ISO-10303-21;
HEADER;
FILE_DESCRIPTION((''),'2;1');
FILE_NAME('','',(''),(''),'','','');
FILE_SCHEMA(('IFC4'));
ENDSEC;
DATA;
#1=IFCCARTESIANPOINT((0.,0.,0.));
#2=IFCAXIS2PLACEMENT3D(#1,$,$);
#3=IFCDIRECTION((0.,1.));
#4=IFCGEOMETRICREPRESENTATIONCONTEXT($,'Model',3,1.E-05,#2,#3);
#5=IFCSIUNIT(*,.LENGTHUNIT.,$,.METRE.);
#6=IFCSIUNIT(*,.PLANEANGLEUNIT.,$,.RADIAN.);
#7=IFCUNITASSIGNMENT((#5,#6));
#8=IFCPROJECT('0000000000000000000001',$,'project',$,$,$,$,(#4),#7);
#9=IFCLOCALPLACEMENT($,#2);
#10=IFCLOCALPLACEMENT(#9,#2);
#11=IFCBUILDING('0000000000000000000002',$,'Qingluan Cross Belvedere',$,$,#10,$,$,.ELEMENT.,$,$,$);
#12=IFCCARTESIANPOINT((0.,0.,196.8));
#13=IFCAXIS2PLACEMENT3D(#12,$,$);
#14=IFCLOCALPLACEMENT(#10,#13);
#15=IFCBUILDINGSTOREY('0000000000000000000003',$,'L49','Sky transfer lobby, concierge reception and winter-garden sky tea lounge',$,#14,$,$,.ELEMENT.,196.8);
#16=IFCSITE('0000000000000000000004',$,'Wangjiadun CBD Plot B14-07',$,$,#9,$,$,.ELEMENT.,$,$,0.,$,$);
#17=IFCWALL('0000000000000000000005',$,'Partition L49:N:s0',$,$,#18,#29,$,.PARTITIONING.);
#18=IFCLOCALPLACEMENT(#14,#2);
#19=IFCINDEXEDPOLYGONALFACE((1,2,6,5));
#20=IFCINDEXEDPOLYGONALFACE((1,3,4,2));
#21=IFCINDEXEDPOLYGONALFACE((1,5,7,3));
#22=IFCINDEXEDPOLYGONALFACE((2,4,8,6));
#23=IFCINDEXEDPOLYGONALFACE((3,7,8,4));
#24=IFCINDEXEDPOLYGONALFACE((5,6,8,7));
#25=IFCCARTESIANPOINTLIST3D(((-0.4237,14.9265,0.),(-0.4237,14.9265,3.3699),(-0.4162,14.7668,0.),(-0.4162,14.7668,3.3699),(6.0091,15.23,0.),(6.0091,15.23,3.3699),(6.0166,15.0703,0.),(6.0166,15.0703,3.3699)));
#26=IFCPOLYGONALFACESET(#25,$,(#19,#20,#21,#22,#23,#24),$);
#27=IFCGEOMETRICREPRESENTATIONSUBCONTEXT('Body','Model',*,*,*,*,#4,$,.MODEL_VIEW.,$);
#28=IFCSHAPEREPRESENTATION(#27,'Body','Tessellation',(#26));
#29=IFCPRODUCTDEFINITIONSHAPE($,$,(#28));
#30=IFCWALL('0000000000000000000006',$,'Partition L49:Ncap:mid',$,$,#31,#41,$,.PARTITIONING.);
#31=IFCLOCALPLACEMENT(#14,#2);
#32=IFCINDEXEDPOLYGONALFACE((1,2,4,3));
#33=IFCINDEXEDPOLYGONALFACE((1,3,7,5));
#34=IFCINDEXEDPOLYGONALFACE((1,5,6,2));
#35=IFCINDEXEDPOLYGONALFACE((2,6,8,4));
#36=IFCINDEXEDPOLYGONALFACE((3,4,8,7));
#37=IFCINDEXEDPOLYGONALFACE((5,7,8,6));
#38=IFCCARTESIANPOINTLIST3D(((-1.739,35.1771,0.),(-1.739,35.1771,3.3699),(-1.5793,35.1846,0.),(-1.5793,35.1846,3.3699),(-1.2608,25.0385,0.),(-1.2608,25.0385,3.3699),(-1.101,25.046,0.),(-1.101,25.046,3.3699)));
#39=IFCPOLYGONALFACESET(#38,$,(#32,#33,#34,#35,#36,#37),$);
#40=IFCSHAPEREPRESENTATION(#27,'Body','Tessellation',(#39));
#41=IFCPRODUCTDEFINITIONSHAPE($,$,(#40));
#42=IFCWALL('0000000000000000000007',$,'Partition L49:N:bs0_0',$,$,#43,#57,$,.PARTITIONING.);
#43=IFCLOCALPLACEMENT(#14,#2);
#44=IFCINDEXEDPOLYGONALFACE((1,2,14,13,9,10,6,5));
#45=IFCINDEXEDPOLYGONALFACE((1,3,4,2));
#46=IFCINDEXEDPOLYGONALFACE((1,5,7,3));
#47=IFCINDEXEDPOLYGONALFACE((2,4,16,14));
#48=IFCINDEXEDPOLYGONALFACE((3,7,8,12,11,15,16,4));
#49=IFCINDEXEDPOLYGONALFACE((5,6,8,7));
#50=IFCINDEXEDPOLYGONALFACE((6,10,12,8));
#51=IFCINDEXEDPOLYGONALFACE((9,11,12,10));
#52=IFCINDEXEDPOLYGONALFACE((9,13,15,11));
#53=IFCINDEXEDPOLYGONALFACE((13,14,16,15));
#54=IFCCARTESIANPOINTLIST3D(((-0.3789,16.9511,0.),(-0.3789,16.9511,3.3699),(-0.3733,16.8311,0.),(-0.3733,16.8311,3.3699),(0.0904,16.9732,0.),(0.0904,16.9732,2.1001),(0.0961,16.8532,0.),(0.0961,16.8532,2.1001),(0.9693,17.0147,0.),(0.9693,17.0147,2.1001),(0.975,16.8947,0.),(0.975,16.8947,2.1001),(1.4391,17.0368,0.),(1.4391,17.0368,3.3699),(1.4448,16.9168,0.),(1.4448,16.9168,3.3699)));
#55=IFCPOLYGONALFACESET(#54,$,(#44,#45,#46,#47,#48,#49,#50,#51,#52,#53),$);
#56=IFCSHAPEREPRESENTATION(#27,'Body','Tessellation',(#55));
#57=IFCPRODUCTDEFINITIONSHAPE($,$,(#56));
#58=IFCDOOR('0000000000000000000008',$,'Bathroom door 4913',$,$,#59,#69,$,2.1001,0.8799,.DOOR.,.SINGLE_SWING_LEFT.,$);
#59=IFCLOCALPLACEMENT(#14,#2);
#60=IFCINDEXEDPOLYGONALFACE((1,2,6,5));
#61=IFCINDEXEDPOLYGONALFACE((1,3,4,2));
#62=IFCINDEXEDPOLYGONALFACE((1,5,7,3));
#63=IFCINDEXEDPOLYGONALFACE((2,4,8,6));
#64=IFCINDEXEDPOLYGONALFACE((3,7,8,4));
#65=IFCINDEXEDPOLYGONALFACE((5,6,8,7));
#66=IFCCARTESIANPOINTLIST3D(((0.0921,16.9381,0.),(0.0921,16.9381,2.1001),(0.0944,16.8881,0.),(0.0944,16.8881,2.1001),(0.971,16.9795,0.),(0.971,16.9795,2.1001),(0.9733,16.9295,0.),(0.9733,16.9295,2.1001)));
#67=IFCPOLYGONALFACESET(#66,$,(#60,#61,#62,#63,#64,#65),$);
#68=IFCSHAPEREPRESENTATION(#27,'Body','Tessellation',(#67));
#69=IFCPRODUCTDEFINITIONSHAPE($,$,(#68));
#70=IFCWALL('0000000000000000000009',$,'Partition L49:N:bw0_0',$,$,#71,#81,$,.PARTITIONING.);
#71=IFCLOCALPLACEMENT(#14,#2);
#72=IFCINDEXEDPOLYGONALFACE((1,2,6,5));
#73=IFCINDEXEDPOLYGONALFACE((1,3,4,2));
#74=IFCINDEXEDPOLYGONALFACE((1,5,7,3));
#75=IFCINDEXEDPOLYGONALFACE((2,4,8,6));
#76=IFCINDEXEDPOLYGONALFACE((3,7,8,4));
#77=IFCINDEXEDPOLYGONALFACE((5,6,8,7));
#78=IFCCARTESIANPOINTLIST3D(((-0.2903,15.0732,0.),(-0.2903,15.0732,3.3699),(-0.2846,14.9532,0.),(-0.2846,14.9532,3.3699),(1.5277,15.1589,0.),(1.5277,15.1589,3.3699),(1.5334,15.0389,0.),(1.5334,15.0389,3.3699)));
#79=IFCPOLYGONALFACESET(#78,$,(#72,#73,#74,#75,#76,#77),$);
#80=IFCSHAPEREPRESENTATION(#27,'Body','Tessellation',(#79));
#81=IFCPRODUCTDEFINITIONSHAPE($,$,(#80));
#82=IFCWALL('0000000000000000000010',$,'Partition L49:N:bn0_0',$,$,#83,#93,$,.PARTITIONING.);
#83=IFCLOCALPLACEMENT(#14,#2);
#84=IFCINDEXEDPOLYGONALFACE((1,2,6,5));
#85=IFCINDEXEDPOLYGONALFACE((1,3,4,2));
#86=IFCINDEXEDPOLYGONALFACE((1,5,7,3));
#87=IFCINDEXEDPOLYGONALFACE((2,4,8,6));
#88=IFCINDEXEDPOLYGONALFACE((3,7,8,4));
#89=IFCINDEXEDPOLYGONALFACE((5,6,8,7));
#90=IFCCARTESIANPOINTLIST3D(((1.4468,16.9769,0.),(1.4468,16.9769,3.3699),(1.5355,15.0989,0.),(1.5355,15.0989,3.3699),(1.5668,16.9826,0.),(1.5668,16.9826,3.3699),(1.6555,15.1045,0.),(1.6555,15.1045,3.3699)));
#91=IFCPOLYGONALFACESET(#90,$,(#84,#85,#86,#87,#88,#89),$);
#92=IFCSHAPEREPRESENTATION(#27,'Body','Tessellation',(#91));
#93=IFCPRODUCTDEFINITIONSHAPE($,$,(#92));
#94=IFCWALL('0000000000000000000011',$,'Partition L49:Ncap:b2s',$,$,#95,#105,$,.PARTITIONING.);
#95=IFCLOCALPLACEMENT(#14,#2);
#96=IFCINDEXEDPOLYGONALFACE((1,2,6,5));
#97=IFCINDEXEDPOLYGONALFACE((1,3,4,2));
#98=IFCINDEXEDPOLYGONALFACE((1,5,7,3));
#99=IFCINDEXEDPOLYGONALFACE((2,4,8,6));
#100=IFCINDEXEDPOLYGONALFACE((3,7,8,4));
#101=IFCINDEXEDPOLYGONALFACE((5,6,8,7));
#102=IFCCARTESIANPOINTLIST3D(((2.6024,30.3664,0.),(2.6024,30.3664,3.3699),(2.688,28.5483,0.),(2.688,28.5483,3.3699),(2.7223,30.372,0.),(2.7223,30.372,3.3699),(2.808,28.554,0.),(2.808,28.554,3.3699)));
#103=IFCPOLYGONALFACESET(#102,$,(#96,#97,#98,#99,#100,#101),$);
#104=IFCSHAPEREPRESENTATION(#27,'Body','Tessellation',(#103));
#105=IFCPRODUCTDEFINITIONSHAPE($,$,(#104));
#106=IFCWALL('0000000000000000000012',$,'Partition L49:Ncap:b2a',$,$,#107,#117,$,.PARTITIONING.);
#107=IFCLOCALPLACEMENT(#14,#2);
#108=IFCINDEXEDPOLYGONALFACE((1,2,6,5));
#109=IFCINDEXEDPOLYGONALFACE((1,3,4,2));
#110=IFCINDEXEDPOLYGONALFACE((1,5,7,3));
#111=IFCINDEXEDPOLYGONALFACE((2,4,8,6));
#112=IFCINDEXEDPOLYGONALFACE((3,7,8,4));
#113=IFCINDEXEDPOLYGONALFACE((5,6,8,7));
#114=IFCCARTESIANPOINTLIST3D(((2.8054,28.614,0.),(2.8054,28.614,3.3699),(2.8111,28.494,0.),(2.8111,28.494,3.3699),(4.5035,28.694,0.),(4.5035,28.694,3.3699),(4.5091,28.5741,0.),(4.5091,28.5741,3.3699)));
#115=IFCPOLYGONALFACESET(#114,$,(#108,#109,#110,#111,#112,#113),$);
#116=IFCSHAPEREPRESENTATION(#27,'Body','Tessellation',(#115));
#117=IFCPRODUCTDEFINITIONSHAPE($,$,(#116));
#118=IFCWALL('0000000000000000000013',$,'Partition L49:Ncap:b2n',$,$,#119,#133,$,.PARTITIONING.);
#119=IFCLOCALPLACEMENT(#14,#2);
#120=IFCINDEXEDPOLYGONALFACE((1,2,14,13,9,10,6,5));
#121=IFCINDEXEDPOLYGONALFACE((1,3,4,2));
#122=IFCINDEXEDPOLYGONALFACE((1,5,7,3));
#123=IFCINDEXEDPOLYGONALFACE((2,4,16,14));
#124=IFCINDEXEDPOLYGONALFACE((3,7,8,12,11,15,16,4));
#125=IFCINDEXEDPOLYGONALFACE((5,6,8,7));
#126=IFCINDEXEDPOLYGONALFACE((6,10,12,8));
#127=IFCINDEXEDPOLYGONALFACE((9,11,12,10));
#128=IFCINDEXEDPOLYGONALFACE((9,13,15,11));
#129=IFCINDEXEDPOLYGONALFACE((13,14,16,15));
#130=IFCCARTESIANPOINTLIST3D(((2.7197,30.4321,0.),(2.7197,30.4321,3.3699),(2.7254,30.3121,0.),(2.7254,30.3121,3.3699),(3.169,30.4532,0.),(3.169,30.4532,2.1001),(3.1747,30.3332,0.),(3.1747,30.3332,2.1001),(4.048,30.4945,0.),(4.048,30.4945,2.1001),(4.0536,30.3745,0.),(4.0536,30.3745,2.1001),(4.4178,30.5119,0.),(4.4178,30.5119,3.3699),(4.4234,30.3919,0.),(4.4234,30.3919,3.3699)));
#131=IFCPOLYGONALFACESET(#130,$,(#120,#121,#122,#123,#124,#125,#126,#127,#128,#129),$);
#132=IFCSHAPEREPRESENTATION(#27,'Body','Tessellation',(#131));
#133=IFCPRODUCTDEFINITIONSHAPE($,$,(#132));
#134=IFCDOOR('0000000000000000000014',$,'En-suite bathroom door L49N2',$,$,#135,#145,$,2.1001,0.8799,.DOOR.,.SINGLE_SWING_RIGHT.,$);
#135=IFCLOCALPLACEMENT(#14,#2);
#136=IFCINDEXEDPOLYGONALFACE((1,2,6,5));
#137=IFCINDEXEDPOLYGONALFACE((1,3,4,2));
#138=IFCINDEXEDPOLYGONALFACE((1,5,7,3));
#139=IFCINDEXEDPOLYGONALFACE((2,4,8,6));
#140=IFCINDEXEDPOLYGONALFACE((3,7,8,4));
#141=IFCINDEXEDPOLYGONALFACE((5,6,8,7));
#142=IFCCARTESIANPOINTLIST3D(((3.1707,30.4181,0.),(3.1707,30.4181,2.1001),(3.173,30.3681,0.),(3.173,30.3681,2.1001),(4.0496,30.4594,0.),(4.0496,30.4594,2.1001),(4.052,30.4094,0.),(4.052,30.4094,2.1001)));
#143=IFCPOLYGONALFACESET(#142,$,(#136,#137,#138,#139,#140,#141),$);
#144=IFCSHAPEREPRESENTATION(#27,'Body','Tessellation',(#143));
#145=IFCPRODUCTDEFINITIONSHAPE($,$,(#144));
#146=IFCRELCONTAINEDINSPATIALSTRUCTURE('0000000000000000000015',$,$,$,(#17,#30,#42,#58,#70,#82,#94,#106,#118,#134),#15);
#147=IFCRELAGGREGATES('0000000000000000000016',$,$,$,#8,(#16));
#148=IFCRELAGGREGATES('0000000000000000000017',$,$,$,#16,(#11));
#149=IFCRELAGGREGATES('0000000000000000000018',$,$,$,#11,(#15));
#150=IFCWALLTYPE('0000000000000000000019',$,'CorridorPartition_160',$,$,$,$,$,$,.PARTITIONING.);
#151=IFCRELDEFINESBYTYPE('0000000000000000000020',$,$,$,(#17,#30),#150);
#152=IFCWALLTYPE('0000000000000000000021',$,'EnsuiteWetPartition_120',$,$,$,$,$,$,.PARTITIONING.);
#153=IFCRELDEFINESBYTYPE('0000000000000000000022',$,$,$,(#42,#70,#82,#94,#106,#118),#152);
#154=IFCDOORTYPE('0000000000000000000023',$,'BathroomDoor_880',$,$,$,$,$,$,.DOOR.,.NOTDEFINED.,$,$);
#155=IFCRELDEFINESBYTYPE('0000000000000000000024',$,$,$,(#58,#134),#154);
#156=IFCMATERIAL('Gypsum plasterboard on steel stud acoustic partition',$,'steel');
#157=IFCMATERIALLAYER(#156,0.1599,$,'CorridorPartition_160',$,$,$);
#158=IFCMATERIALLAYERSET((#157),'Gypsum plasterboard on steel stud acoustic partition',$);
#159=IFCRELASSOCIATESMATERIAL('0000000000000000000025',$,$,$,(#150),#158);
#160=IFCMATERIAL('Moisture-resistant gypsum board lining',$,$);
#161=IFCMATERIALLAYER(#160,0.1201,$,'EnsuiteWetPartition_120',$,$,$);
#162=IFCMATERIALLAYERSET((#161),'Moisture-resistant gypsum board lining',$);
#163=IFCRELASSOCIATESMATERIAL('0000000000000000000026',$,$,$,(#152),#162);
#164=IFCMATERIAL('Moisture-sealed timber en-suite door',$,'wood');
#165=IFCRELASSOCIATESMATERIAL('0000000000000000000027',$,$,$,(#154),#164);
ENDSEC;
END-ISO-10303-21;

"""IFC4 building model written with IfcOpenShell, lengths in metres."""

from ifc_helpers import new_model, si_unit, direction, frame, frame_2d, origin, place, context, subcontext, project, spatial, rectangle, extrude, material, layer, layer_set, type_object, element, fill, save


model = new_model("IFC4")

# Units and contexts
model_context = context("Model", 3, precision=1e-05, world=origin(), true_north=direction((0.0, 1.0)))
body_context = subcontext(model_context, "Body", "Model", "MODEL_VIEW")
ifc_project = project(units=[si_unit("LENGTHUNIT", "METRE"), si_unit("PLANEANGLEUNIT", "RADIAN")], contexts=[model_context])

# Site, building, storey
site_placement = place(None, origin())
site = spatial("IfcSite", under=ifc_project, at=site_placement, Name="Wangjiadun CBD Plot B14-07", CompositionType="ELEMENT", RefElevation=0.0)
building_placement = place(site_placement, origin())
building = spatial("IfcBuilding", under=site, at=building_placement, Name="Qingluan Cross Belvedere", CompositionType="ELEMENT")
storey_placement = place(building_placement, frame((0.0, 0.0, 196.8)))
storey = spatial("IfcBuildingStorey", under=building, at=storey_placement, Name="L49", Description="Sky transfer lobby, concierge reception and winter-garden sky tea lounge", CompositionType="ELEMENT", Elevation=196.8)

# Shared definitions
ifc_material_1 = material(Name="Gypsum plasterboard on steel stud acoustic partition", Category="steel")
ifc_layer_1 = layer(ifc_material_1, 0.1599, Name="CorridorPartition_160")
ifc_layer_set_1 = layer_set([ifc_layer_1], Name="Gypsum plasterboard on steel stud acoustic partition")
wall_type_1 = type_object("IfcWallType", Name="CorridorPartition_160", PredefinedType="PARTITIONING", material=ifc_layer_set_1)

# Walls
wall_1_placement = place(storey_placement, frame((-0.4199, 14.8467, 0.0), z_axis=(0.0, 0.0, 1.0), x_axis=(0.998889, 0.047122, 0.0)))
element("IfcWall", 1, at=wall_1_placement, inside=storey, type_object=wall_type_1, Name="Partition L49:N:s0", PredefinedType="PARTITIONING", context=body_context, shape_type="SweptSolid", body=[
    extrude(rectangle(XDim=6.4399, YDim=0.1599, at=frame_2d((3.22, 0.0))), origin(), (0.0, 0.0, 1.0), 3.3699),
])
wall_2_placement = place(storey_placement, frame((-1.1809, 25.0422, 0.0), z_axis=(0.0, 0.0, 1.0), x_axis=(-0.047121, 0.998889, 0.0)))
element("IfcWall", 2, at=wall_2_placement, inside=storey, type_object=wall_type_1, Name="Partition L49:Ncap:mid", PredefinedType="PARTITIONING", context=body_context, shape_type="SweptSolid", body=[
    extrude(rectangle(XDim=10.1499, YDim=0.1599, at=frame_2d((5.075, 0.0))), origin(), (0.0, 0.0, 1.0), 3.3699),
])

# Wall, opening, door
ifc_material_2 = material(Name="Moisture-resistant gypsum board lining")
ifc_layer_2 = layer(ifc_material_2, 0.1201, Name="EnsuiteWetPartition_120")
ifc_layer_set_2 = layer_set([ifc_layer_2], Name="Moisture-resistant gypsum board lining")
wall_type_2 = type_object("IfcWallType", Name="EnsuiteWetPartition_120", PredefinedType="PARTITIONING", material=ifc_layer_set_2)
wall_3_placement = place(storey_placement, frame((-0.3762, 16.8911, 0.0), z_axis=(0.0, 0.0, 1.0), x_axis=(0.998891, 0.047081, 0.0)))
wall_3 = element("IfcWall", 3, at=wall_3_placement, inside=storey, type_object=wall_type_2, Name="Partition L49:N:bs0_0", PredefinedType="PARTITIONING", context=body_context, shape_type="SweptSolid", body=[
    extrude(rectangle(XDim=1.8201, YDim=0.1201, at=frame_2d((0.9102, 0.0))), origin(), (0.0, 0.0, 1.0), 3.3699),
])
opening_1_placement = place(wall_3_placement, frame((0.47, 0.0, 0.0)))
opening_1 = element("IfcOpeningElement", 4, at=opening_1_placement, cuts=wall_3, PredefinedType="OPENING", context=body_context, shape_type="SweptSolid", body=[
    extrude(rectangle(XDim=0.8799, YDim=2.1001, at=frame_2d((0.4399, 1.05))), frame((0.0, 0.0701, 0.0), z_axis=(0.0, -1.0, 0.0), x_axis=(1.0, 0.0, 0.0)), (0.0, 0.0, 1.0), 0.1401),
])
ifc_material_3 = material(Name="Moisture-sealed timber en-suite door", Category="wood")
door_type_1 = type_object("IfcDoorType", Name="BathroomDoor_880", OperationType="NOTDEFINED", PredefinedType="DOOR", material=ifc_material_3)
door_1_placement = place(opening_1_placement, origin())
door_1 = element("IfcDoor", 5, at=door_1_placement, inside=storey, type_object=door_type_1, Name="Bathroom door 4913", OperationType="SINGLE_SWING_LEFT", OverallHeight=2.1001, OverallWidth=0.8799, PredefinedType="DOOR", context=body_context, shape_type="SweptSolid", body=[
    extrude(rectangle(XDim=0.8799, YDim=2.1001, at=frame_2d((0.4399, 1.05))), frame((0.0, 0.0249, 0.0), z_axis=(0.0, -1.0, 0.0), x_axis=(1.0, 0.0, 0.0)), (0.0, 0.0, 1.0), 0.05),
])
fill(opening_1, door_1)

# Walls
wall_4_placement = place(storey_placement, frame((-0.2876, 15.0132, 0.0), z_axis=(0.0, 0.0, 1.0), x_axis=(0.998891, 0.047081, 0.0)))
element("IfcWall", 6, at=wall_4_placement, inside=storey, type_object=wall_type_2, Name="Partition L49:N:bw0_0", PredefinedType="PARTITIONING", context=body_context, shape_type="SweptSolid", body=[
    extrude(rectangle(XDim=1.8201, YDim=0.1201, at=frame_2d((0.9102, 0.0))), origin(), (0.0, 0.0, 1.0), 3.3699),
])
wall_5_placement = place(storey_placement, frame((1.5955, 15.1018, 0.0), z_axis=(0.0, 0.0, 1.0), x_axis=(-0.047139, 0.998888, 0.0)))
element("IfcWall", 7, at=wall_5_placement, inside=storey, type_object=wall_type_2, Name="Partition L49:N:bn0_0", PredefinedType="PARTITIONING", context=body_context, shape_type="SweptSolid", body=[
    extrude(rectangle(XDim=1.8801, YDim=0.1201, at=frame_2d((0.9399, 0.0))), origin(), (0.0, 0.0, 1.0), 3.3699),
])
wall_6_placement = place(storey_placement, frame((2.748, 28.551, 0.0), z_axis=(0.0, 0.0, 1.0), x_axis=(-0.047081, 0.998891, 0.0)))
element("IfcWall", 8, at=wall_6_placement, inside=storey, type_object=wall_type_2, Name="Partition L49:Ncap:b2s", PredefinedType="PARTITIONING", context=body_context, shape_type="SweptSolid", body=[
    extrude(rectangle(XDim=1.8201, YDim=0.1201, at=frame_2d((0.9102, 0.0))), origin(), (0.0, 0.0, 1.0), 3.3699),
])
wall_7_placement = place(storey_placement, frame((2.8081, 28.554, 0.0), z_axis=(0.0, 0.0, 1.0), x_axis=(0.99889, 0.047108, 0.0)))
element("IfcWall", 9, at=wall_7_placement, inside=storey, type_object=wall_type_2, Name="Partition L49:Ncap:b2a", PredefinedType="PARTITIONING", context=body_context, shape_type="SweptSolid", body=[
    extrude(rectangle(XDim=1.7, YDim=0.1201, at=frame_2d((0.8501, 0.0))), origin(), (0.0, 0.0, 1.0), 3.3699),
])

# Wall, opening, door
wall_8_placement = place(storey_placement, frame((2.7224, 30.3721, 0.0), z_axis=(0.0, 0.0, 1.0), x_axis=(0.998897, 0.046965, 0.0)))
wall_8 = element("IfcWall", 10, at=wall_8_placement, inside=storey, type_object=wall_type_2, Name="Partition L49:Ncap:b2n", PredefinedType="PARTITIONING", context=body_context, shape_type="SweptSolid", body=[
    extrude(rectangle(XDim=1.7, YDim=0.1201, at=frame_2d((0.8501, 0.0))), origin(), (0.0, 0.0, 1.0), 3.3699),
])
opening_2_placement = place(wall_8_placement, frame((0.45, 0.0, 0.0)))
opening_2 = element("IfcOpeningElement", 11, at=opening_2_placement, cuts=wall_8, PredefinedType="OPENING", context=body_context, shape_type="SweptSolid", body=[
    extrude(rectangle(XDim=0.8799, YDim=2.1001, at=frame_2d((0.4399, 1.05))), frame((0.0, 0.0701, 0.0), z_axis=(0.0, -1.0, 0.0), x_axis=(1.0, 0.0, 0.0)), (0.0, 0.0, 1.0), 0.1401),
])
door_2_placement = place(opening_2_placement, origin())
door_2 = element("IfcDoor", 12, at=door_2_placement, inside=storey, type_object=door_type_1, Name="En-suite bathroom door L49N2", OperationType="SINGLE_SWING_RIGHT", OverallHeight=2.1001, OverallWidth=0.8799, PredefinedType="DOOR", context=body_context, shape_type="SweptSolid", body=[
    extrude(rectangle(XDim=0.8799, YDim=2.1001, at=frame_2d((0.4399, 1.05))), frame((0.0, 0.0249, 0.0), z_axis=(0.0, -1.0, 0.0), x_axis=(1.0, 0.0, 0.0)), (0.0, 0.0, 1.0), 0.05),
])
fill(opening_2, door_2)

save(model, "model.ifc")
